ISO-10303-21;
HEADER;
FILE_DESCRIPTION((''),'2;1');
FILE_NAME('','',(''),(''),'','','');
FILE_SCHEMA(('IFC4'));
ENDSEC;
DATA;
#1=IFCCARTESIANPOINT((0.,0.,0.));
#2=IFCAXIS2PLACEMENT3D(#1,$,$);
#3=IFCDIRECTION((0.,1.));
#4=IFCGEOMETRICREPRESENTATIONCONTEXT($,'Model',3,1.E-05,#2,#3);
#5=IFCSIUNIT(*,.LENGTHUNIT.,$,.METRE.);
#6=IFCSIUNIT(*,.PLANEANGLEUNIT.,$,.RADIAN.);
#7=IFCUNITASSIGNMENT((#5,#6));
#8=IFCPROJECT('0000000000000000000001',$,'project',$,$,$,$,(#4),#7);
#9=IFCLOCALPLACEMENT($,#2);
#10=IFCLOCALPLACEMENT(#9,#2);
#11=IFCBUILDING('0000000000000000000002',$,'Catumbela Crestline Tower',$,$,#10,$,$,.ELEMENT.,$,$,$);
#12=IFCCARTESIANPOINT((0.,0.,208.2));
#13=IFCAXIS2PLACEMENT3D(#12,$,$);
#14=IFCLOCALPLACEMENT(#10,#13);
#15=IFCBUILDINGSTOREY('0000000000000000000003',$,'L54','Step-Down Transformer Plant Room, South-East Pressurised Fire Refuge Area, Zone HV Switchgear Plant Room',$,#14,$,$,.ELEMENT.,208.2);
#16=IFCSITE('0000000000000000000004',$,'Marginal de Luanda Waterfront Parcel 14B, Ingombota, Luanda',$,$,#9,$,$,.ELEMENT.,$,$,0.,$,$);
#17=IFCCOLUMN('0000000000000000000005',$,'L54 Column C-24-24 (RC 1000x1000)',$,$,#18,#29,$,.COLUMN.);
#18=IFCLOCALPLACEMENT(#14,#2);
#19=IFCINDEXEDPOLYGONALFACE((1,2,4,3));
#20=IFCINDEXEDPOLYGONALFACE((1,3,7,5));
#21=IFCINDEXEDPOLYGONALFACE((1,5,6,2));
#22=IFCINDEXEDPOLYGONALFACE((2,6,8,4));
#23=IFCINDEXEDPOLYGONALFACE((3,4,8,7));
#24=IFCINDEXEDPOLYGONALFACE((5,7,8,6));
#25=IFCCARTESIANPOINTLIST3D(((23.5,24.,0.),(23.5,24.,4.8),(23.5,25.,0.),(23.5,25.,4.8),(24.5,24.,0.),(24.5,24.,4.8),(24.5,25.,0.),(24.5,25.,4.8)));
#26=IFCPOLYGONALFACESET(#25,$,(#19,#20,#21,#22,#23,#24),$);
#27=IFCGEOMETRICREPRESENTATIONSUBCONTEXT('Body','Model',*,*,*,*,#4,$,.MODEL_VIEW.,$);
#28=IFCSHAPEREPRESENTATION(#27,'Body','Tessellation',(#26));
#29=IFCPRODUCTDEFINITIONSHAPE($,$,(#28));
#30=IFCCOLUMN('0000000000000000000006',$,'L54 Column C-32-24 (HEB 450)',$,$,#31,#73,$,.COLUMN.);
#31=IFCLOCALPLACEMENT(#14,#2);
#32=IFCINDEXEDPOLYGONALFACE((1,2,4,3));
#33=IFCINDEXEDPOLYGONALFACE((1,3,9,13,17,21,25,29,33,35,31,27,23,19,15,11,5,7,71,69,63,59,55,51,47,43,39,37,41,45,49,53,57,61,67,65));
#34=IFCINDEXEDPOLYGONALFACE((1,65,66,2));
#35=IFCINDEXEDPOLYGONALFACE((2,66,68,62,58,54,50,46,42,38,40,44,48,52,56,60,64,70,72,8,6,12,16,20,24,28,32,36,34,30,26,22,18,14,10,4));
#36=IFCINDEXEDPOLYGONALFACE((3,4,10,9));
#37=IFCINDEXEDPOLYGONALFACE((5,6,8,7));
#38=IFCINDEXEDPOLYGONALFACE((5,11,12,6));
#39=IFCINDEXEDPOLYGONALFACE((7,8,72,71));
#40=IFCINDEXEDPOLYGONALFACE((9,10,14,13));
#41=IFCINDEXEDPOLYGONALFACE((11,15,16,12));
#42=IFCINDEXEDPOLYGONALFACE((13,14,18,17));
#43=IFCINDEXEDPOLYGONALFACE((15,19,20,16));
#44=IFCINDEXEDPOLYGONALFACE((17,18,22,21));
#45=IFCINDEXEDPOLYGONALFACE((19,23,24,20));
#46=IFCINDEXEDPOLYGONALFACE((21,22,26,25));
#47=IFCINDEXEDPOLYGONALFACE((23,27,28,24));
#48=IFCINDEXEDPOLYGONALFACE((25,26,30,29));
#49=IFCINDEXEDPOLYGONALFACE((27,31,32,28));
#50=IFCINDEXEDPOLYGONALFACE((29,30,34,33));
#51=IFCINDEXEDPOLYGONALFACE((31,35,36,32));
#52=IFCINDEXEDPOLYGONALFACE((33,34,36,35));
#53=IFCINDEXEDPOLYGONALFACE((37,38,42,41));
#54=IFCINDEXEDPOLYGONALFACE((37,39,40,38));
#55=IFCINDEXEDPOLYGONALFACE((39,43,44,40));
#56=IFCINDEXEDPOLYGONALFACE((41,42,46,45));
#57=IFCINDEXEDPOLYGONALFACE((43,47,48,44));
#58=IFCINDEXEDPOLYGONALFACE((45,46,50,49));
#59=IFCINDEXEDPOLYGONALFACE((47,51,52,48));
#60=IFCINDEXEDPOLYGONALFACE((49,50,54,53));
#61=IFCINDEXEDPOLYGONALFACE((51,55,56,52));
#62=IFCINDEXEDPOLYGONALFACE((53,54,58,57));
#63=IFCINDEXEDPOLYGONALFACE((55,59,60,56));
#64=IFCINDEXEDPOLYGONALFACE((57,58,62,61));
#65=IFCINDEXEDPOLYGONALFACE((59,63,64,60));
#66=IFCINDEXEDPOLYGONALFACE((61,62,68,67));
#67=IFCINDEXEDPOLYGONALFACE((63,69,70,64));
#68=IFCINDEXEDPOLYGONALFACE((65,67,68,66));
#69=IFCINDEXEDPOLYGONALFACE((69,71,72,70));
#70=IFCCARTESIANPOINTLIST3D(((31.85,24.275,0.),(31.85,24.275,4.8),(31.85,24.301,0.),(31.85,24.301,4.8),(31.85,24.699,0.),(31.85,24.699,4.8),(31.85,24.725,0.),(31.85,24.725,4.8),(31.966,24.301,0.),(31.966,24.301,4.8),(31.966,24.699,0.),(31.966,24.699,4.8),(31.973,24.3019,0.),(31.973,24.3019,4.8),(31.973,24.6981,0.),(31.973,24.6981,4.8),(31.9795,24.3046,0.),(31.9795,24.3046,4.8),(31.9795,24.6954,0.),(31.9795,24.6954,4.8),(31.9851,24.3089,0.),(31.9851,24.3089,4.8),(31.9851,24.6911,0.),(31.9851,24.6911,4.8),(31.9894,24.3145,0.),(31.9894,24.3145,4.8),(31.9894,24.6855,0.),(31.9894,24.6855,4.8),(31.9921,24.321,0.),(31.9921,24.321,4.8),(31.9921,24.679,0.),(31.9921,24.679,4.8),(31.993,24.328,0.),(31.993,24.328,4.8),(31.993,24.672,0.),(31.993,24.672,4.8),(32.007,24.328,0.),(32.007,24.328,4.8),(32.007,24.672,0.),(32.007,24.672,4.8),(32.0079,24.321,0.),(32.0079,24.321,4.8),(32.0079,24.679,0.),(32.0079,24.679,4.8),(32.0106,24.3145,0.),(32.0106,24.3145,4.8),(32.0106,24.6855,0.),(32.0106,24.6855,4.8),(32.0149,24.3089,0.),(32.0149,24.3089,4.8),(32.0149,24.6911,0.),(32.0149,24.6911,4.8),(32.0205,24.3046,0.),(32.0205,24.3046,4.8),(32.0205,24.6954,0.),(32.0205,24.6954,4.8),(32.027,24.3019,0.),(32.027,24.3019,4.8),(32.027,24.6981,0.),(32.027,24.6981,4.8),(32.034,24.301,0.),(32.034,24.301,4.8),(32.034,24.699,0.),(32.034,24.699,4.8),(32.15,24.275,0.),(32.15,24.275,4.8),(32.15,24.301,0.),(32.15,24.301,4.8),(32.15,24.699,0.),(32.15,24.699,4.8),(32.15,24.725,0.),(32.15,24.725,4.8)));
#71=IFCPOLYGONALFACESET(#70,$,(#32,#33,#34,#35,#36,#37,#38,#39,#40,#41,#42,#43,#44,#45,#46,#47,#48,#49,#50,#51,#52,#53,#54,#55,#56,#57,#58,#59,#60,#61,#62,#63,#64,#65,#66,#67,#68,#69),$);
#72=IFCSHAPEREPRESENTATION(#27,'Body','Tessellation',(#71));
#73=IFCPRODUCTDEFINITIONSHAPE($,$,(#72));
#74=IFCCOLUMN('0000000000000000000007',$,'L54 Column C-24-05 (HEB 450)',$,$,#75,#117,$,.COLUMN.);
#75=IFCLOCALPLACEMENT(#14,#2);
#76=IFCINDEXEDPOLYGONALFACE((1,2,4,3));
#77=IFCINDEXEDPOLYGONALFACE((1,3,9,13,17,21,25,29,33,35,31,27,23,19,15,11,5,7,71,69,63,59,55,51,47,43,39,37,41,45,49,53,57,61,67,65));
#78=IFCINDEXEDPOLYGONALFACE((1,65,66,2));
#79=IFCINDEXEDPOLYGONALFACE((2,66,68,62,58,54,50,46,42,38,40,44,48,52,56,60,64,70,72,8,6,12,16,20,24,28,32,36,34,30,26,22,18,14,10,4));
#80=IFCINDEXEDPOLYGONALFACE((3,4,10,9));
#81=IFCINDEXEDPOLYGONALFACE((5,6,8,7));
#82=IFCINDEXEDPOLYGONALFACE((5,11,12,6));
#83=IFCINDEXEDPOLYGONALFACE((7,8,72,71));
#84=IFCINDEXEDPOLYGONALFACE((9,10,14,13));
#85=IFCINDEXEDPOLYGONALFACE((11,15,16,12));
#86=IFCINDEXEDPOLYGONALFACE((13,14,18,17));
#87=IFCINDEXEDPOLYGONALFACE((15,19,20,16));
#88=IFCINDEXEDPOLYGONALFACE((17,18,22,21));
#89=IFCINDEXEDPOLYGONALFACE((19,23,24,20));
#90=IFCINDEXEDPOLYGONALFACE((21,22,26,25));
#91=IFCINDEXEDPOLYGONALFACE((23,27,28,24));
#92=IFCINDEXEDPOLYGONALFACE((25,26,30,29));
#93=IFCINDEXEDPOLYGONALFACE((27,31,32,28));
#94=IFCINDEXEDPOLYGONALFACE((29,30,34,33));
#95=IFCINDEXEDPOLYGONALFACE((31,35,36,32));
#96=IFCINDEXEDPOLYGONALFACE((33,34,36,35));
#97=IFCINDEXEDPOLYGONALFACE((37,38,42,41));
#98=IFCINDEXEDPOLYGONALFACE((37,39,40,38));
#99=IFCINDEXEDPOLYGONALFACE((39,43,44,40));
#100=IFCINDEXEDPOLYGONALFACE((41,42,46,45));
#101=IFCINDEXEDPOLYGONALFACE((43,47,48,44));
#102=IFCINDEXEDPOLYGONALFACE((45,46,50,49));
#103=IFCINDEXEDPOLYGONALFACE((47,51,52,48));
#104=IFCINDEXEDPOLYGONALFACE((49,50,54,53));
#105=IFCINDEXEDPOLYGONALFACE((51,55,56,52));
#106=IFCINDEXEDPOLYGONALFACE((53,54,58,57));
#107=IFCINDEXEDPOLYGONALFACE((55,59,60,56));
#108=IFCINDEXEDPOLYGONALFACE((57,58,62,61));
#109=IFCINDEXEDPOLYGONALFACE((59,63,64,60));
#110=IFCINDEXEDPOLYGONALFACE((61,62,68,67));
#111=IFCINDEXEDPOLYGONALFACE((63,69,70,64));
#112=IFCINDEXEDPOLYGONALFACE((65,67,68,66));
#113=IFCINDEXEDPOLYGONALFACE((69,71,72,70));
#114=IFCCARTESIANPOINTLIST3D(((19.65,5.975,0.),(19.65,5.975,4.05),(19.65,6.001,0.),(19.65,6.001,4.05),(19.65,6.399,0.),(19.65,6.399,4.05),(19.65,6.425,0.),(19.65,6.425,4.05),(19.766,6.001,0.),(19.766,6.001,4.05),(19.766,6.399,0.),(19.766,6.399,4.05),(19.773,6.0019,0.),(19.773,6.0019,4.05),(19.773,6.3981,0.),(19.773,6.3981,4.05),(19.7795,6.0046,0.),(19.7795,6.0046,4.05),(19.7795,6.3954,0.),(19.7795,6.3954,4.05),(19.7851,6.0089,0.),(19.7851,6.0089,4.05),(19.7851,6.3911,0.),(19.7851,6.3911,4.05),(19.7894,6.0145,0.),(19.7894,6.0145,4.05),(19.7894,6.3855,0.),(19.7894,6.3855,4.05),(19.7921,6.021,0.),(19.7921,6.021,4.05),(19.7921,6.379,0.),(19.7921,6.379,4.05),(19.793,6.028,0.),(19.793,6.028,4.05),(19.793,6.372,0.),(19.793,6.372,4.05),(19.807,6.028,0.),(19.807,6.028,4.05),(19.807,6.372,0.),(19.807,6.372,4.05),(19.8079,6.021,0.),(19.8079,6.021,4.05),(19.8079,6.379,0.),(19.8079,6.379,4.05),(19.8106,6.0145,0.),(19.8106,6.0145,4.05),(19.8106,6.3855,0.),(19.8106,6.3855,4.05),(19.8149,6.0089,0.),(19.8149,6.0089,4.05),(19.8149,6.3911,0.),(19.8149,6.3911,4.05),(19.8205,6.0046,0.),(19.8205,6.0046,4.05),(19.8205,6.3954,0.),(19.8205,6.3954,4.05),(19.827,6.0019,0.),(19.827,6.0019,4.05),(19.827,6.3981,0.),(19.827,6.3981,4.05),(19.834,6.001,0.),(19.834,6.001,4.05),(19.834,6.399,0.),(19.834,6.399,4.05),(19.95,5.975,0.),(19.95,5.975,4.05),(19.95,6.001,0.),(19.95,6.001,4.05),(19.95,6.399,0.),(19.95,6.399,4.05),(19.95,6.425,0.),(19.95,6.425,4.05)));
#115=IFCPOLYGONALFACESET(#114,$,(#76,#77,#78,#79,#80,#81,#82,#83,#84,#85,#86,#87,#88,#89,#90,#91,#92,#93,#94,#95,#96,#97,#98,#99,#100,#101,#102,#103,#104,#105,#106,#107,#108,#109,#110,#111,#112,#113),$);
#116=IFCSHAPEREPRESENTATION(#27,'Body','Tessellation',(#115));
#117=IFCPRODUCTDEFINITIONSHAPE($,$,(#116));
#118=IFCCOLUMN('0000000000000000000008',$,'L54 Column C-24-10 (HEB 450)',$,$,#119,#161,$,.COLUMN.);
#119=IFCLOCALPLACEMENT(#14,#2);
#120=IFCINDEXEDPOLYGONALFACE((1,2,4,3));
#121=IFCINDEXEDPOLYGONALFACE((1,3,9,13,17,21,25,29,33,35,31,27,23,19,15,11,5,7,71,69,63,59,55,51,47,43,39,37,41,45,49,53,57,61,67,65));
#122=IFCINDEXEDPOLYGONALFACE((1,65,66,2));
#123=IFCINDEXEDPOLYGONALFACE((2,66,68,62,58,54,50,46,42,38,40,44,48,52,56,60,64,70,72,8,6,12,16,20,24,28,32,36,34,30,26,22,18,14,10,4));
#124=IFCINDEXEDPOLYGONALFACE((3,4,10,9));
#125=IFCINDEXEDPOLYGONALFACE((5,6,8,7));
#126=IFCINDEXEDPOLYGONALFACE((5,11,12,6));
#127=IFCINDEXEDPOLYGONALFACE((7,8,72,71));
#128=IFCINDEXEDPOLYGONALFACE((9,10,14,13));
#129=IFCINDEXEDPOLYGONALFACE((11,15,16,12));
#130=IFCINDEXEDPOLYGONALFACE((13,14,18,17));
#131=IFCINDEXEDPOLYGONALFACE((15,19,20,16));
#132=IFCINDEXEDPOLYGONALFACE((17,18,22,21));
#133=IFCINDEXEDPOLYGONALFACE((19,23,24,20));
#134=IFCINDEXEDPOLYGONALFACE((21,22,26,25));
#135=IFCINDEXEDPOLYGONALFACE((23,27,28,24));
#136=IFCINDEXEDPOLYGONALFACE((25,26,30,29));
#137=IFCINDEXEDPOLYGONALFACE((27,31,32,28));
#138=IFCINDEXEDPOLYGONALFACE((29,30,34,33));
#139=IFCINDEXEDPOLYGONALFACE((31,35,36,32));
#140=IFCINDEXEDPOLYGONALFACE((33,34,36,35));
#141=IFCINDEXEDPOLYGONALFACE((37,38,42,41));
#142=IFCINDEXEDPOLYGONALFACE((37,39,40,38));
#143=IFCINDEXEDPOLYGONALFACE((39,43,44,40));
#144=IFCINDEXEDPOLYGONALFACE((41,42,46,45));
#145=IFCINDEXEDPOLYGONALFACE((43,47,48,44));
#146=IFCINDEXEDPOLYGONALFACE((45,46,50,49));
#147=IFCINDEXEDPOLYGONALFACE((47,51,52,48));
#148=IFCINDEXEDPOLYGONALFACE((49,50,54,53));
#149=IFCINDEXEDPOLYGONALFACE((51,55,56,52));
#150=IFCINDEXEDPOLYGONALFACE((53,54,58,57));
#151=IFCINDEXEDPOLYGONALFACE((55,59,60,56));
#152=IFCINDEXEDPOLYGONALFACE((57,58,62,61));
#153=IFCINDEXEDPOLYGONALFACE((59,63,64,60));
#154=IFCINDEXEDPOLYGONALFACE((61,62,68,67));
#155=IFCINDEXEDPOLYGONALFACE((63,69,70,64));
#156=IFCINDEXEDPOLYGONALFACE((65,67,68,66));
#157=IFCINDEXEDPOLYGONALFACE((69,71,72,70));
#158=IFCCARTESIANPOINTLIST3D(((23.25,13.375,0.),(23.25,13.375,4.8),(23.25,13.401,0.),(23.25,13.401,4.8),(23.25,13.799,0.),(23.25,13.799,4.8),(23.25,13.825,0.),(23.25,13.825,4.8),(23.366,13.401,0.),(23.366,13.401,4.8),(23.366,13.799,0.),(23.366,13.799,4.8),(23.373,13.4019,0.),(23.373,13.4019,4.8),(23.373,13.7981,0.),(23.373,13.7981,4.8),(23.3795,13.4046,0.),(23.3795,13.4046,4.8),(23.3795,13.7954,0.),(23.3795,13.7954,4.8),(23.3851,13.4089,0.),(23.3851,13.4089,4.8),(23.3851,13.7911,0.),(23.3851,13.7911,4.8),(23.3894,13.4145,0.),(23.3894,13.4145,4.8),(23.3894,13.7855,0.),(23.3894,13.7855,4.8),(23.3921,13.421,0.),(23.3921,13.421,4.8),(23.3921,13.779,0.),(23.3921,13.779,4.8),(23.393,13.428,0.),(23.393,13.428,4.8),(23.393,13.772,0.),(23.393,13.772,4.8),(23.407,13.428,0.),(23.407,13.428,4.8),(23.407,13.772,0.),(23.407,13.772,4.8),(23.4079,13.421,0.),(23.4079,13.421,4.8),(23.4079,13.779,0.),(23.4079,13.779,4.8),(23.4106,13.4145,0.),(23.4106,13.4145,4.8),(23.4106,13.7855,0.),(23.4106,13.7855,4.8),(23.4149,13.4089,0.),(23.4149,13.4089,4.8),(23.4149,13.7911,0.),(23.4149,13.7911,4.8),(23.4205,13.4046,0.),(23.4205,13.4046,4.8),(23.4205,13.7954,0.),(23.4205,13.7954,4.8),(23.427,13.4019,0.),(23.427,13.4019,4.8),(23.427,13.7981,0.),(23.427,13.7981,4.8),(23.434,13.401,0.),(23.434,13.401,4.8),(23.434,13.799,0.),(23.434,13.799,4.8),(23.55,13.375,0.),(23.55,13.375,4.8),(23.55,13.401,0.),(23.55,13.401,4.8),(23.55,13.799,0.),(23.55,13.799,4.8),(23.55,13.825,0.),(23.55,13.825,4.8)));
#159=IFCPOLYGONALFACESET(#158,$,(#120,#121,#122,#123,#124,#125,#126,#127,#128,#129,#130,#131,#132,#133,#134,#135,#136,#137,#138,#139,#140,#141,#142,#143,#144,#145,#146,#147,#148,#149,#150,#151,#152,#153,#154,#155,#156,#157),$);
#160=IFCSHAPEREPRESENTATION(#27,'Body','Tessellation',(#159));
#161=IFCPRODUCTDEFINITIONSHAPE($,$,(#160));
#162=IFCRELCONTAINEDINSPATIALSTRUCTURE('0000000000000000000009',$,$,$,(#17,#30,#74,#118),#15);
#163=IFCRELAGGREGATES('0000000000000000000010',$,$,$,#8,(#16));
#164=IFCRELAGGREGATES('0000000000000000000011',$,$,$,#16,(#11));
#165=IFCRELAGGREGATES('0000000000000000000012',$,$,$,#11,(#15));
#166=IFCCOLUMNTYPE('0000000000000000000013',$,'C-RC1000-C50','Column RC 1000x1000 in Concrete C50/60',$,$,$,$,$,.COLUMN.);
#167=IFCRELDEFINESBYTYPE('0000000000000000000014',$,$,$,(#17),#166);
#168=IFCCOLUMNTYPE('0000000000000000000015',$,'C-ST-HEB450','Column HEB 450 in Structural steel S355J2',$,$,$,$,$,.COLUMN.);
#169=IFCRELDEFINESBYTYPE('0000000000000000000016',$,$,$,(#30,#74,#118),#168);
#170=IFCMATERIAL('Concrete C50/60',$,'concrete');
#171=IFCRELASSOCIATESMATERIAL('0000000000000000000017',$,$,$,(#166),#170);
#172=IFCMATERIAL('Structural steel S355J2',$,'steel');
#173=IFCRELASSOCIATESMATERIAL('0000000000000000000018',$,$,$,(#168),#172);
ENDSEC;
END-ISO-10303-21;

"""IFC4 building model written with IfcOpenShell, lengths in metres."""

from ifc_helpers import new_model, si_unit, direction, frame, origin, origin_2d, place, context, subcontext, project, spatial, rectangle, i_section, extrude, material, material_profile, profile_set, type_object, element, save


model = new_model("IFC4")

# Units and contexts
model_context = context("Model", 3, precision=1e-05, world=origin(), true_north=direction((0.0, 1.0)))
body_context = subcontext(model_context, "Body", "Model", "MODEL_VIEW")
ifc_project = project(units=[si_unit("LENGTHUNIT", "METRE"), si_unit("PLANEANGLEUNIT", "RADIAN")], contexts=[model_context])

# Site, building, storey
site_placement = place(None, origin())
site = spatial("IfcSite", under=ifc_project, at=site_placement, Name="Marginal de Luanda Waterfront Parcel 14B, Ingombota, Luanda", CompositionType="ELEMENT", RefElevation=0.0)
building_placement = place(site_placement, origin())
building = spatial("IfcBuilding", under=site, at=building_placement, Name="Catumbela Crestline Tower", CompositionType="ELEMENT")
storey_placement = place(building_placement, frame((0.0, 0.0, 208.2)))
storey = spatial("IfcBuildingStorey", under=building, at=storey_placement, Name="L54", Description="Step-Down Transformer Plant Room, South-East Pressurised Fire Refuge Area, Zone HV Switchgear Plant Room", CompositionType="ELEMENT", Elevation=208.2)

# Columns
ifc_material_1 = material(Name="Concrete C50/60", Category="concrete")
ifc_material_profile_1 = material_profile(ifc_material_1, rectangle(XDim=1.0, YDim=1.0, at=origin_2d()), Name="RC 1000x1000")
ifc_profile_set_1 = profile_set([ifc_material_profile_1], Name="Concrete C50/60")
column_type_1 = type_object("IfcColumnType", Name="C-RC1000-C50", Description="Column RC 1000x1000 in Concrete C50/60", PredefinedType="COLUMN", material=ifc_profile_set_1)
column_1_placement = place(storey_placement, frame((24.0, 24.5, 0.0), z_axis=(0.0, 0.0, 1.0), x_axis=(1.0, 0.0, 0.0)))
element("IfcColumn", 1, at=column_1_placement, inside=storey, type_object=column_type_1, Name="L54 Column C-24-24 (RC 1000x1000)", PredefinedType="COLUMN", context=body_context, shape_type="SweptSolid", body=[
    extrude(rectangle(XDim=1.0, YDim=1.0, at=origin_2d()), origin(), (0.0, 0.0, 1.0), 4.8),
])
ifc_material_2 = material(Name="Structural steel S355J2", Category="steel")
ifc_material_profile_2 = material_profile(ifc_material_2, i_section(OverallWidth=0.3, OverallDepth=0.45, WebThickness=0.014, FlangeThickness=0.026, FilletRadius=0.027, at=origin_2d()), Name="HEB 450")
ifc_profile_set_2 = profile_set([ifc_material_profile_2], Name="Structural steel S355J2")
column_type_2 = type_object("IfcColumnType", Name="C-ST-HEB450", Description="Column HEB 450 in Structural steel S355J2", PredefinedType="COLUMN", material=ifc_profile_set_2)
column_2_placement = place(storey_placement, frame((32.0, 24.5, 0.0), z_axis=(0.0, 0.0, 1.0), x_axis=(1.0, 0.0, 0.0)))
element("IfcColumn", 2, at=column_2_placement, inside=storey, type_object=column_type_2, Name="L54 Column C-32-24 (HEB 450)", PredefinedType="COLUMN", context=body_context, shape_type="SweptSolid", body=[
    extrude(i_section(OverallWidth=0.3, OverallDepth=0.45, WebThickness=0.014, FlangeThickness=0.026, FilletRadius=0.027, at=origin_2d()), origin(), (0.0, 0.0, 1.0), 4.8),
])
column_3_placement = place(storey_placement, frame((19.8, 6.2, 0.0), z_axis=(0.0, 0.0, 1.0), x_axis=(1.0, 0.0, 0.0)))
element("IfcColumn", 3, at=column_3_placement, inside=storey, type_object=column_type_2, Name="L54 Column C-24-05 (HEB 450)", PredefinedType="COLUMN", context=body_context, shape_type="SweptSolid", body=[
    extrude(i_section(OverallWidth=0.3, OverallDepth=0.45, WebThickness=0.014, FlangeThickness=0.026, FilletRadius=0.027, at=origin_2d()), origin(), (0.0, 0.0, 1.0), 4.05),
])
for number, where, z_axis, x_axis, name in (
    (4, (23.4, 13.6, 0.0), (0.0, 0.0, 1.0), (1.0, 0.0, 0.0), "L54 Column C-24-10 (HEB 450)"),
):
    element("IfcColumn", number, at=place(storey_placement, frame(where, z_axis=z_axis, x_axis=x_axis)), inside=storey, type_object=column_type_2, Name=name, PredefinedType="COLUMN", context=body_context, shape_type="SweptSolid", body=[
        extrude(i_section(OverallWidth=0.3, OverallDepth=0.45, WebThickness=0.014, FlangeThickness=0.026, FilletRadius=0.027, at=origin_2d()), origin(), (0.0, 0.0, 1.0), 4.8),
    ])

save(model, "model.ifc")
